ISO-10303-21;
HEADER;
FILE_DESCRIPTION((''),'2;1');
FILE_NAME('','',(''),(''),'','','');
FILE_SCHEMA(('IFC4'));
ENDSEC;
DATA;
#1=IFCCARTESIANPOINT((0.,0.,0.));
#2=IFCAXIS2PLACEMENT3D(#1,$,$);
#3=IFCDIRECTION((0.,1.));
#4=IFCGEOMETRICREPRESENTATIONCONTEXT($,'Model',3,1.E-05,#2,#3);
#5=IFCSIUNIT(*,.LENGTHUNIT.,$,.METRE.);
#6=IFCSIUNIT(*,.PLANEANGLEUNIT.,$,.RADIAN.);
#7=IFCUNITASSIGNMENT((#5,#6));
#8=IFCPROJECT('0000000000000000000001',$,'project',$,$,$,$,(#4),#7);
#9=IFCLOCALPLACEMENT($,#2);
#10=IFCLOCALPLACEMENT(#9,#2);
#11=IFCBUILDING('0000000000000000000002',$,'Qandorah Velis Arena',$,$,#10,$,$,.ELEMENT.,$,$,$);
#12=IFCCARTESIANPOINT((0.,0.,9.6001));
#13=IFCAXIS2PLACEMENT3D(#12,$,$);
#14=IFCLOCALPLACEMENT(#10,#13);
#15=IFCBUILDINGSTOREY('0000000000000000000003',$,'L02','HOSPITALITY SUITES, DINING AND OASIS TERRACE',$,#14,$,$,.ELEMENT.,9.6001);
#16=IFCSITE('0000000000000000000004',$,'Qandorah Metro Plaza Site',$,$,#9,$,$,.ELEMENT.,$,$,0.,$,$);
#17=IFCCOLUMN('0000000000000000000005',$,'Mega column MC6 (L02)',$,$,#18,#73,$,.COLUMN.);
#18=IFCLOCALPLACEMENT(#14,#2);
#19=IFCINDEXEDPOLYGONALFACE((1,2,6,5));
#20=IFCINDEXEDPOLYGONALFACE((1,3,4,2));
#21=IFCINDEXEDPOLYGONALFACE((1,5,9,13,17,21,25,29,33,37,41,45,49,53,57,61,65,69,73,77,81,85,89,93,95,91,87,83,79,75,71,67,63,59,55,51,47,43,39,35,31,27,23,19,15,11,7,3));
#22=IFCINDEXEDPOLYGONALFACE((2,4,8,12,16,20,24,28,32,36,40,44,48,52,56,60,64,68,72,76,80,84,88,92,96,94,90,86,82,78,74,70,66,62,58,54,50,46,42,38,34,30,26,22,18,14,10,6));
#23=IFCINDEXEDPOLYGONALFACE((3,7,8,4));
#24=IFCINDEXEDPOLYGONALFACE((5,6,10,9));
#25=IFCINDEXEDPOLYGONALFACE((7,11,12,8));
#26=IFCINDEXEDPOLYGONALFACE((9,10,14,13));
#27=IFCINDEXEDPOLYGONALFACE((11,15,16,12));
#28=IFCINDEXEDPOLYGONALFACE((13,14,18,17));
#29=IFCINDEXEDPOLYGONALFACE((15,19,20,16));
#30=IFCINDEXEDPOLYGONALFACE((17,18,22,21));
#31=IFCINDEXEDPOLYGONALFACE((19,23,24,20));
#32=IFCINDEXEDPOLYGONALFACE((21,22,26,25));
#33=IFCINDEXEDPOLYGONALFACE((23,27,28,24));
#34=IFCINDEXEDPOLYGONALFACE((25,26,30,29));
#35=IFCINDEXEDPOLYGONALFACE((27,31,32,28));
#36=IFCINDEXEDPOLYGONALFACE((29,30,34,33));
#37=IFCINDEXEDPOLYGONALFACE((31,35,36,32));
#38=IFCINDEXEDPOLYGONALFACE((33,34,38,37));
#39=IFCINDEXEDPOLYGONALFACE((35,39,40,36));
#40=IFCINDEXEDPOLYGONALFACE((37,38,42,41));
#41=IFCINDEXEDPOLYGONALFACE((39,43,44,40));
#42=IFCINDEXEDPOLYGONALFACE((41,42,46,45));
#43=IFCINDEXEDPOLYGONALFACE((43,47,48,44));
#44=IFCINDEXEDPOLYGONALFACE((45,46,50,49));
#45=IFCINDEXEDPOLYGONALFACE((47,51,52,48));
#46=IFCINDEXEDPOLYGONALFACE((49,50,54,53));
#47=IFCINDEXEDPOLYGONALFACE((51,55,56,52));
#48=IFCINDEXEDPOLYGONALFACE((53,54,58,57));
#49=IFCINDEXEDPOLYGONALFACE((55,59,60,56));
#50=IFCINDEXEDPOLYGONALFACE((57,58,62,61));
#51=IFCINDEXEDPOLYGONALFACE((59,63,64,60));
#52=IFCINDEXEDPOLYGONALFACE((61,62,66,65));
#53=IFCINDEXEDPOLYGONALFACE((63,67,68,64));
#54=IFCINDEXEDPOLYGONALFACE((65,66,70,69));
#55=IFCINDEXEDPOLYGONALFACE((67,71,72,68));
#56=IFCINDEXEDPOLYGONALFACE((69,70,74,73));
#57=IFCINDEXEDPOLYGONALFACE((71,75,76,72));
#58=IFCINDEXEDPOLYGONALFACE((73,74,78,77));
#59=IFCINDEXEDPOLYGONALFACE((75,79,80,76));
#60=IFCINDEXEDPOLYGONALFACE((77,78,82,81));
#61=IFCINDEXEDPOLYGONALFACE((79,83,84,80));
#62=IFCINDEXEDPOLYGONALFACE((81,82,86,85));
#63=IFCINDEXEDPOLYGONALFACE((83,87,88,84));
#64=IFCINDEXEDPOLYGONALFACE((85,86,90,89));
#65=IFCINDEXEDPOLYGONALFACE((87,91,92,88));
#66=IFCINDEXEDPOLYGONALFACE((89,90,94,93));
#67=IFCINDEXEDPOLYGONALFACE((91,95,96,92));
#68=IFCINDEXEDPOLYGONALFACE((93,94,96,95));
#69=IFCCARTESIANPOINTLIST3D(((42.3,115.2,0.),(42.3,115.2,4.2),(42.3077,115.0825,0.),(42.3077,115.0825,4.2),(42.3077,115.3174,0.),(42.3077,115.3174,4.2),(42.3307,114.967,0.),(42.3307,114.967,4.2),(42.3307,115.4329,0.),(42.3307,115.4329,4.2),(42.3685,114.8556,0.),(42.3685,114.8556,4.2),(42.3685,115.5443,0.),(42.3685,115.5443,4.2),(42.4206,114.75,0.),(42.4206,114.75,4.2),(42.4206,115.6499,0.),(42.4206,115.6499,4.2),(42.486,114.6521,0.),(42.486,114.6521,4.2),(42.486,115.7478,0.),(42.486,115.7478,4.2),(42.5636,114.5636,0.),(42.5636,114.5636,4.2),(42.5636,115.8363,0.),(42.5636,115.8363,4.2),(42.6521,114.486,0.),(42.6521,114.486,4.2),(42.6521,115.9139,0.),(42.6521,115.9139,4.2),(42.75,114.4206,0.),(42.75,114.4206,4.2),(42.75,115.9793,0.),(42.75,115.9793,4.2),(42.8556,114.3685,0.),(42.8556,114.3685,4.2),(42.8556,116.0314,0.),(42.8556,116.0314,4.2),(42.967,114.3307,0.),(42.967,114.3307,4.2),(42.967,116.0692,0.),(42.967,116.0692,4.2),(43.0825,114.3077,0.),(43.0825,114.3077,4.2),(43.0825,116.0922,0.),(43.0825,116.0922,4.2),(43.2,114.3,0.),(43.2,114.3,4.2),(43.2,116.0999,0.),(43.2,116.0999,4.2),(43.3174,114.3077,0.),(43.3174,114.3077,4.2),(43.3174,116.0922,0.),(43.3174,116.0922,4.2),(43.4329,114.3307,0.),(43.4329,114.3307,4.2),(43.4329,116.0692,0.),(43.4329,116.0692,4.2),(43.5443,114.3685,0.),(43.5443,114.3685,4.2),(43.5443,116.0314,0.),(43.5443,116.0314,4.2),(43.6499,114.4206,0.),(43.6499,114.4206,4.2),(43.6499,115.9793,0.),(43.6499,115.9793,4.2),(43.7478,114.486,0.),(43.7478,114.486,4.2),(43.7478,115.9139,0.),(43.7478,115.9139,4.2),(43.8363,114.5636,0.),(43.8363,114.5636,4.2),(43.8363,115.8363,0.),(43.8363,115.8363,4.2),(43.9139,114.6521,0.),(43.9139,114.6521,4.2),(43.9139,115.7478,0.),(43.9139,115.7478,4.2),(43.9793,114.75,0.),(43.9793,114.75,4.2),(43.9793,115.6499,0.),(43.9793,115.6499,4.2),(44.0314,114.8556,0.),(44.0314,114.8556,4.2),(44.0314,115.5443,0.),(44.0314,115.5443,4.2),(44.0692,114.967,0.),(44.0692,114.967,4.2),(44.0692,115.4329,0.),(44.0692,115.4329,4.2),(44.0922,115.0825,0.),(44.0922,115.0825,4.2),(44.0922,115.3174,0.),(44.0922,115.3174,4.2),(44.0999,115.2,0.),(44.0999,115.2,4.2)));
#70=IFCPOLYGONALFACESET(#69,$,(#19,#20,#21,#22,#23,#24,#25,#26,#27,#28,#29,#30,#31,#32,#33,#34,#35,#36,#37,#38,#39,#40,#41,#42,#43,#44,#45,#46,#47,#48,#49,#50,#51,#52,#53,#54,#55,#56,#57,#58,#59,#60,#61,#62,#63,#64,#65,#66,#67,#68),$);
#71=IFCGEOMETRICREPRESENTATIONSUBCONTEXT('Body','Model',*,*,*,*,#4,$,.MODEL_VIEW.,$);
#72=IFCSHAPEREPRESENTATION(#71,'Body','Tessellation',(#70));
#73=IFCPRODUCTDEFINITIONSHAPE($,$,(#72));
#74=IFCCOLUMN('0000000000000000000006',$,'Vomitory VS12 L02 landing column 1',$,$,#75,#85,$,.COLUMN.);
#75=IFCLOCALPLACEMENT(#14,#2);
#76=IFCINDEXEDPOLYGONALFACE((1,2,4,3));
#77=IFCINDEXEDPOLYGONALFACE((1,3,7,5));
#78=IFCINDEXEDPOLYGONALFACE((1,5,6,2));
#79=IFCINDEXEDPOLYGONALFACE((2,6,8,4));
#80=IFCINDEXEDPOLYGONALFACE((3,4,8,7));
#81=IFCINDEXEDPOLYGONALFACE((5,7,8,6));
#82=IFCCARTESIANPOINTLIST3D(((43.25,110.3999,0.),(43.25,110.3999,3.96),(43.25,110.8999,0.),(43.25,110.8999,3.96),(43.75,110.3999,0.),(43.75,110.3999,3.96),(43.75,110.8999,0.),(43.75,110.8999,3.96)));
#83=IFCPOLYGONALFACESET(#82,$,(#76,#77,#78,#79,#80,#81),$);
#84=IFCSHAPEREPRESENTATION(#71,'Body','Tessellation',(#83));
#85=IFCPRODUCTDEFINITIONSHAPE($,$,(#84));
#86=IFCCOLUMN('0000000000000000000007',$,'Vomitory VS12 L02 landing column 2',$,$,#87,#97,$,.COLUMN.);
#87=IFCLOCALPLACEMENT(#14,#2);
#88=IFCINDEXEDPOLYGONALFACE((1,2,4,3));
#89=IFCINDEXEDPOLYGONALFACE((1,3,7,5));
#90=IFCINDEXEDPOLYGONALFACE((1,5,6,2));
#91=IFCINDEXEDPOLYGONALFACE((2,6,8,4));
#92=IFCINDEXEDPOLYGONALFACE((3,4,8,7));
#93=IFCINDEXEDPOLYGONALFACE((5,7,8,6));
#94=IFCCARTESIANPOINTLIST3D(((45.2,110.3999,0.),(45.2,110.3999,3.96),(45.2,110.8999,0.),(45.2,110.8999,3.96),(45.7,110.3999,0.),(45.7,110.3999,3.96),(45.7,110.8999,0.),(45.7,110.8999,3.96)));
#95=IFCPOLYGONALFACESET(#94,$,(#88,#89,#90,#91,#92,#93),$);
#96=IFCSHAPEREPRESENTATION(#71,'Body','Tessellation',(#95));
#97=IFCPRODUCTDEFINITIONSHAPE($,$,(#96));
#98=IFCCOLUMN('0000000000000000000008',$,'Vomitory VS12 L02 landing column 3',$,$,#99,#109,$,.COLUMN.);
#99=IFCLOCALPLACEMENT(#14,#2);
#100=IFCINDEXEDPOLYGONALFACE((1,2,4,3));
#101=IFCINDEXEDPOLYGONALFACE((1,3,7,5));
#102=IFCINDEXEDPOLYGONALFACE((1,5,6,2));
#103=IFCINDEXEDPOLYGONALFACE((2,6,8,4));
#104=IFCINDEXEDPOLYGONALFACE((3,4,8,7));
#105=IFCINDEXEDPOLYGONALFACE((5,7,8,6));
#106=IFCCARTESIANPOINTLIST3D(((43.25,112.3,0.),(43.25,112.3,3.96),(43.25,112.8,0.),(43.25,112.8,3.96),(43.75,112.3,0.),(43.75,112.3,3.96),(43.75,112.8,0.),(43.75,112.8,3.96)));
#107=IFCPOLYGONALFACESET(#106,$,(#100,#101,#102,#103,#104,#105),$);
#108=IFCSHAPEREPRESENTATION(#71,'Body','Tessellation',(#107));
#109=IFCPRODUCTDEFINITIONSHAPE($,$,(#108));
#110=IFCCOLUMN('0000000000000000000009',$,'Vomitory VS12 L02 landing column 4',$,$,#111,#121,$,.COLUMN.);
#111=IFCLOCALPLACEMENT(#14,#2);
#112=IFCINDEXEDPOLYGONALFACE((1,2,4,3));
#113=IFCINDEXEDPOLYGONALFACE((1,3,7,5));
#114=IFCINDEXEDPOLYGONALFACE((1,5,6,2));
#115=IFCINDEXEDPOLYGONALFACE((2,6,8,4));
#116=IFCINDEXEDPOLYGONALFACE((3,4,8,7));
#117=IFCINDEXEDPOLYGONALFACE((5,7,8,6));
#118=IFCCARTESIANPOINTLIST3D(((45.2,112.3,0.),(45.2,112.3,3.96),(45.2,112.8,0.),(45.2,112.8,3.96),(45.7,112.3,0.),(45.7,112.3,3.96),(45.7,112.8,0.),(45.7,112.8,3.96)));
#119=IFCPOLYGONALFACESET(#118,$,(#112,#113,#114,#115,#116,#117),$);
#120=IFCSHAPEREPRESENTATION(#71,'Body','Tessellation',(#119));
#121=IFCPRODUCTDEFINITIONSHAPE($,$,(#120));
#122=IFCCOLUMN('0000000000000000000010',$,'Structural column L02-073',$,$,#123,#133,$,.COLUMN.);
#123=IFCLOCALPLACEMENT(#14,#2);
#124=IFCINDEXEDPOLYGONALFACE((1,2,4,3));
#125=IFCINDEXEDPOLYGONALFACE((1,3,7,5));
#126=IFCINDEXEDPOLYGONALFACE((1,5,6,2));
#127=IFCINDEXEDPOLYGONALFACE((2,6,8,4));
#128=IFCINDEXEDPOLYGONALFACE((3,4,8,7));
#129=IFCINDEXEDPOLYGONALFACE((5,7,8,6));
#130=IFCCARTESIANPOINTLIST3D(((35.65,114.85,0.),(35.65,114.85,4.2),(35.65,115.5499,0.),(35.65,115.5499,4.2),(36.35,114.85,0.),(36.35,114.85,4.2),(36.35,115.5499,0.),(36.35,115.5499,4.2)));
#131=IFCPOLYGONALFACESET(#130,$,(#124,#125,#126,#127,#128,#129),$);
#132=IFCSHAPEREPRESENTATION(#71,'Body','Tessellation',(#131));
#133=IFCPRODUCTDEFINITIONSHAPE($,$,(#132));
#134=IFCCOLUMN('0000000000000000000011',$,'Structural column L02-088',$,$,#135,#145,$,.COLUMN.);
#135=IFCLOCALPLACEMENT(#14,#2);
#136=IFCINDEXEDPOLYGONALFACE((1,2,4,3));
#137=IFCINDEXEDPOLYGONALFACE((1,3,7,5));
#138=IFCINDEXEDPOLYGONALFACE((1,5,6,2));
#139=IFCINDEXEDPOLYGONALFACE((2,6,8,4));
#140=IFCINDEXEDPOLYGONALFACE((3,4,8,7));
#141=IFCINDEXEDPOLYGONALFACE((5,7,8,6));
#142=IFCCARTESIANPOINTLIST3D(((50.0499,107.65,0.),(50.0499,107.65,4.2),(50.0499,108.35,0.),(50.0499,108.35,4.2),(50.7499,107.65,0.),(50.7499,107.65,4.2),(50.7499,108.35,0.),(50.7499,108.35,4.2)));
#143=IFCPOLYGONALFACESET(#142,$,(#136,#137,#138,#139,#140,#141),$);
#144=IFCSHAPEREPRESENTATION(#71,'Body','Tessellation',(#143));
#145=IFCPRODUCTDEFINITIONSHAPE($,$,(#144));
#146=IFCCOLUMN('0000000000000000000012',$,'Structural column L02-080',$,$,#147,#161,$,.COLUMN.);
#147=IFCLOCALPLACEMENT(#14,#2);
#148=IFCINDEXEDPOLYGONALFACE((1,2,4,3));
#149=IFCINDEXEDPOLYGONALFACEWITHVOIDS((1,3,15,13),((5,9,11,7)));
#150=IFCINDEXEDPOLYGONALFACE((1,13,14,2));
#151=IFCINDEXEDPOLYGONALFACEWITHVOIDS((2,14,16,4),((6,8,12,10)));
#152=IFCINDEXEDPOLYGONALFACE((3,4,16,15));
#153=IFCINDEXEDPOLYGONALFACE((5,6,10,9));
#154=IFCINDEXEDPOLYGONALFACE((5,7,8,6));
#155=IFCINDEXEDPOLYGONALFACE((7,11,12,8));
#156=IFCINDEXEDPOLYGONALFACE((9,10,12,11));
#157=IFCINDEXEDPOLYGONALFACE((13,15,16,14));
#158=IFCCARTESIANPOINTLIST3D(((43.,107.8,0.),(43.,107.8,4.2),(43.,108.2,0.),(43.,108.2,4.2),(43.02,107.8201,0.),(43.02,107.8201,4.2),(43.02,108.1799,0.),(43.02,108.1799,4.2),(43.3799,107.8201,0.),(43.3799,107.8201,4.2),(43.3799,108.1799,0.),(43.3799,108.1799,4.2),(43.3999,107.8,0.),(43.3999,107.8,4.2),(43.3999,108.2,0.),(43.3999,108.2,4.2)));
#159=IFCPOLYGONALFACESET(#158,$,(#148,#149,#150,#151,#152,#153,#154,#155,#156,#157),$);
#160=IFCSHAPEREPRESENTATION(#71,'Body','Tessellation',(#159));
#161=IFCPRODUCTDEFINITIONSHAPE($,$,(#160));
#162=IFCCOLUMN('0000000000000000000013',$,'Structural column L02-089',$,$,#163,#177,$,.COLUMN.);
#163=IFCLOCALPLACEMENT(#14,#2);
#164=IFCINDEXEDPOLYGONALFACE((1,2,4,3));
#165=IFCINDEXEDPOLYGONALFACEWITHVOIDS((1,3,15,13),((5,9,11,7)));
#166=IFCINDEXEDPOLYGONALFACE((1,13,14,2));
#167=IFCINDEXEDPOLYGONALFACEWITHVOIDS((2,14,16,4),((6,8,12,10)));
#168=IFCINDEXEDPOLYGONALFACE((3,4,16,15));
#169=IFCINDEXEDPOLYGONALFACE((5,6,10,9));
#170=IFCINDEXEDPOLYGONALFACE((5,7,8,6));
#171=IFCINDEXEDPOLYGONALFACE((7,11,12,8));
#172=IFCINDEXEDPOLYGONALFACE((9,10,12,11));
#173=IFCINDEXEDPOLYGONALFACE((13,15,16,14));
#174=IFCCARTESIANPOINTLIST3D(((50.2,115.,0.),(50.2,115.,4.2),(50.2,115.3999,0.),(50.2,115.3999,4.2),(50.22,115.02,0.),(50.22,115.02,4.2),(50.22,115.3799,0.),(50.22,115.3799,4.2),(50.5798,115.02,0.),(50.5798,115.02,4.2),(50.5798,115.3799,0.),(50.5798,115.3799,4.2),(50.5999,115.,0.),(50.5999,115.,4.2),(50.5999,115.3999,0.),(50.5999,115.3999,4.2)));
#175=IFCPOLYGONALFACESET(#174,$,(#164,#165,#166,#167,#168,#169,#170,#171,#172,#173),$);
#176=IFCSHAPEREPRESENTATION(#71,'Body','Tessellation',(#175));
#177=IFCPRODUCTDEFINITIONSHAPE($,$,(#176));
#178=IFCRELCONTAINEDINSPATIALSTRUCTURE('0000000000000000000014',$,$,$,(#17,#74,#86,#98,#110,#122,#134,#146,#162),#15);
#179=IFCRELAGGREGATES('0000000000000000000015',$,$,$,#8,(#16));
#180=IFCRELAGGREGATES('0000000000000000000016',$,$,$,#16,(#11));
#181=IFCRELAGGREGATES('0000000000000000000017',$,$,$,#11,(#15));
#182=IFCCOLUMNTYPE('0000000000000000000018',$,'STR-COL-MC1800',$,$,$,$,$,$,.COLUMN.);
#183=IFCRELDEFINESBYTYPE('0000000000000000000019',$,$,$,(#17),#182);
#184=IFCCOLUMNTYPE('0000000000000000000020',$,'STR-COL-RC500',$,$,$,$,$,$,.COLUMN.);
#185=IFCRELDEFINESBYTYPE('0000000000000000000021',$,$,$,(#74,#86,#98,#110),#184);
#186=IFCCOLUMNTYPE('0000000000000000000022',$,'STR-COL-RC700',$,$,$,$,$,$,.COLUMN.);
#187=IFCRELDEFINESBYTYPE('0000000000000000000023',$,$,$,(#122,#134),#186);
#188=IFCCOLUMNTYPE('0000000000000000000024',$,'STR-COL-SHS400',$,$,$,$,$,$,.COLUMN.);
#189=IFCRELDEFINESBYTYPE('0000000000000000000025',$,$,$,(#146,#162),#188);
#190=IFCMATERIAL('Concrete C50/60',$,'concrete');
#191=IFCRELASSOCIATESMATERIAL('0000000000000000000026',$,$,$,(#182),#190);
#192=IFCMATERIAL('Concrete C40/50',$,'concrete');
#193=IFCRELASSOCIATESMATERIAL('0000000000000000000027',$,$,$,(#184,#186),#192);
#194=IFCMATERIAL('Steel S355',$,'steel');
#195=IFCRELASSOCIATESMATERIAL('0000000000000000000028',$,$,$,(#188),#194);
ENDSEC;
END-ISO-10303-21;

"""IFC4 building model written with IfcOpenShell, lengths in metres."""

from ifc_helpers import new_model, si_unit, direction, frame, origin, origin_2d, place, context, subcontext, project, spatial, rectangle, hollow_rectangle, circle, extrude, material, material_profile, profile_set, type_object, element, save


model = new_model("IFC4")

# Units and contexts
model_context = context("Model", 3, precision=1e-05, world=origin(), true_north=direction((0.0, 1.0)))
body_context = subcontext(model_context, "Body", "Model", "MODEL_VIEW")
ifc_project = project(units=[si_unit("LENGTHUNIT", "METRE"), si_unit("PLANEANGLEUNIT", "RADIAN")], contexts=[model_context])

# Site, building, storey
site_placement = place(None, origin())
site = spatial("IfcSite", under=ifc_project, at=site_placement, Name="Qandorah Metro Plaza Site", CompositionType="ELEMENT", RefElevation=0.0)
building_placement = place(site_placement, origin())
building = spatial("IfcBuilding", under=site, at=building_placement, Name="Qandorah Velis Arena", CompositionType="ELEMENT")
storey_placement = place(building_placement, frame((0.0, 0.0, 9.6001)))
storey = spatial("IfcBuildingStorey", under=building, at=storey_placement, Name="L02", Description="HOSPITALITY SUITES, DINING AND OASIS TERRACE", CompositionType="ELEMENT", Elevation=9.6001)

# Columns
ifc_material_1 = material(Name="Concrete C50/60", Category="concrete")
ifc_material_profile_1 = material_profile(ifc_material_1, circle(Radius=0.8999, at=origin_2d()), Name="MC D1800")
ifc_profile_set_1 = profile_set([ifc_material_profile_1], Name="Concrete C50/60")
column_type_1 = type_object("IfcColumnType", Name="STR-COL-MC1800", PredefinedType="COLUMN", material=ifc_profile_set_1)
column_placement = place(storey_placement, frame((43.2, 115.2, 0.0), z_axis=(0.0, 0.0, 1.0), x_axis=(1.0, 0.0, 0.0)))
element("IfcColumn", 1, at=column_placement, inside=storey, type_object=column_type_1, Name="Mega column MC6 (L02)", PredefinedType="COLUMN", context=body_context, shape_type="SweptSolid", body=[
    extrude(circle(Radius=0.8999, at=origin_2d()), origin(), (0.0, 0.0, 1.0), 4.2),
])
ifc_material_2 = material(Name="Concrete C40/50", Category="concrete")
ifc_material_profile_2 = material_profile(ifc_material_2, rectangle(XDim=0.5, YDim=0.5, at=origin_2d()), Name="RC COL 500x500")
ifc_profile_set_2 = profile_set([ifc_material_profile_2], Name="Concrete C40/50")
column_type_2 = type_object("IfcColumnType", Name="STR-COL-RC500", PredefinedType="COLUMN", material=ifc_profile_set_2)
for number, where, z_axis, x_axis, name in (
    (2, (43.5, 110.6499, 0.0), (0.0, 0.0, 1.0), (1.0, 0.0, 0.0), "Vomitory VS12 L02 landing column 1"),
    (3, (45.45, 110.6499, 0.0), (0.0, 0.0, 1.0), (1.0, 0.0, 0.0), "Vomitory VS12 L02 landing column 2"),
    (4, (43.5, 112.55, 0.0), (0.0, 0.0, 1.0), (1.0, 0.0, 0.0), "Vomitory VS12 L02 landing column 3"),
    (5, (45.45, 112.55, 0.0), (0.0, 0.0, 1.0), (1.0, 0.0, 0.0), "Vomitory VS12 L02 landing column 4"),
):
    element("IfcColumn", number, at=place(storey_placement, frame(where, z_axis=z_axis, x_axis=x_axis)), inside=storey, type_object=column_type_2, Name=name, PredefinedType="COLUMN", context=body_context, shape_type="SweptSolid", body=[
        extrude(rectangle(XDim=0.5, YDim=0.5, at=origin_2d()), origin(), (0.0, 0.0, 1.0), 3.96),
    ])
ifc_material_profile_3 = material_profile(ifc_material_2, rectangle(XDim=0.7, YDim=0.7, at=origin_2d()), Name="RC COL 700x700")
ifc_profile_set_3 = profile_set([ifc_material_profile_3], Name="Concrete C40/50")
column_type_3 = type_object("IfcColumnType", Name="STR-COL-RC700", PredefinedType="COLUMN", material=ifc_profile_set_3)
for number, where, z_axis, x_axis, name in (
    (6, (36.0, 115.2, 0.0), (0.0, 0.0, 1.0), (1.0, 0.0, 0.0), "Structural column L02-073"),
    (7, (50.3999, 108.0, 0.0), (0.0, 0.0, 1.0), (1.0, 0.0, 0.0), "Structural column L02-088"),
):
    element("IfcColumn", number, at=place(storey_placement, frame(where, z_axis=z_axis, x_axis=x_axis)), inside=storey, type_object=column_type_3, Name=name, PredefinedType="COLUMN", context=body_context, shape_type="SweptSolid", body=[
        extrude(rectangle(XDim=0.7, YDim=0.7, at=origin_2d()), origin(), (0.0, 0.0, 1.0), 4.2),
    ])
ifc_material_3 = material(Name="Steel S355", Category="steel")
ifc_material_profile_4 = material_profile(ifc_material_3, hollow_rectangle(XDim=0.3999, YDim=0.3999, WallThickness=0.02, at=origin_2d()), Name="SHS 400x400x20")
ifc_profile_set_4 = profile_set([ifc_material_profile_4], Name="Steel S355")
column_type_4 = type_object("IfcColumnType", Name="STR-COL-SHS400", PredefinedType="COLUMN", material=ifc_profile_set_4)
for number, where, z_axis, x_axis, name in (
    (8, (43.2, 108.0, 0.0), (0.0, 0.0, 1.0), (1.0, 0.0, 0.0), "Structural column L02-080"),
    (9, (50.3999, 115.2, 0.0), (0.0, 0.0, 1.0), (1.0, 0.0, 0.0), "Structural column L02-089"),
):
    element("IfcColumn", number, at=place(storey_placement, frame(where, z_axis=z_axis, x_axis=x_axis)), inside=storey, type_object=column_type_4, Name=name, PredefinedType="COLUMN", context=body_context, shape_type="SweptSolid", body=[
        extrude(hollow_rectangle(XDim=0.3999, YDim=0.3999, WallThickness=0.02, at=origin_2d()), origin(), (0.0, 0.0, 1.0), 4.2),
    ])

save(model, "model.ifc")
